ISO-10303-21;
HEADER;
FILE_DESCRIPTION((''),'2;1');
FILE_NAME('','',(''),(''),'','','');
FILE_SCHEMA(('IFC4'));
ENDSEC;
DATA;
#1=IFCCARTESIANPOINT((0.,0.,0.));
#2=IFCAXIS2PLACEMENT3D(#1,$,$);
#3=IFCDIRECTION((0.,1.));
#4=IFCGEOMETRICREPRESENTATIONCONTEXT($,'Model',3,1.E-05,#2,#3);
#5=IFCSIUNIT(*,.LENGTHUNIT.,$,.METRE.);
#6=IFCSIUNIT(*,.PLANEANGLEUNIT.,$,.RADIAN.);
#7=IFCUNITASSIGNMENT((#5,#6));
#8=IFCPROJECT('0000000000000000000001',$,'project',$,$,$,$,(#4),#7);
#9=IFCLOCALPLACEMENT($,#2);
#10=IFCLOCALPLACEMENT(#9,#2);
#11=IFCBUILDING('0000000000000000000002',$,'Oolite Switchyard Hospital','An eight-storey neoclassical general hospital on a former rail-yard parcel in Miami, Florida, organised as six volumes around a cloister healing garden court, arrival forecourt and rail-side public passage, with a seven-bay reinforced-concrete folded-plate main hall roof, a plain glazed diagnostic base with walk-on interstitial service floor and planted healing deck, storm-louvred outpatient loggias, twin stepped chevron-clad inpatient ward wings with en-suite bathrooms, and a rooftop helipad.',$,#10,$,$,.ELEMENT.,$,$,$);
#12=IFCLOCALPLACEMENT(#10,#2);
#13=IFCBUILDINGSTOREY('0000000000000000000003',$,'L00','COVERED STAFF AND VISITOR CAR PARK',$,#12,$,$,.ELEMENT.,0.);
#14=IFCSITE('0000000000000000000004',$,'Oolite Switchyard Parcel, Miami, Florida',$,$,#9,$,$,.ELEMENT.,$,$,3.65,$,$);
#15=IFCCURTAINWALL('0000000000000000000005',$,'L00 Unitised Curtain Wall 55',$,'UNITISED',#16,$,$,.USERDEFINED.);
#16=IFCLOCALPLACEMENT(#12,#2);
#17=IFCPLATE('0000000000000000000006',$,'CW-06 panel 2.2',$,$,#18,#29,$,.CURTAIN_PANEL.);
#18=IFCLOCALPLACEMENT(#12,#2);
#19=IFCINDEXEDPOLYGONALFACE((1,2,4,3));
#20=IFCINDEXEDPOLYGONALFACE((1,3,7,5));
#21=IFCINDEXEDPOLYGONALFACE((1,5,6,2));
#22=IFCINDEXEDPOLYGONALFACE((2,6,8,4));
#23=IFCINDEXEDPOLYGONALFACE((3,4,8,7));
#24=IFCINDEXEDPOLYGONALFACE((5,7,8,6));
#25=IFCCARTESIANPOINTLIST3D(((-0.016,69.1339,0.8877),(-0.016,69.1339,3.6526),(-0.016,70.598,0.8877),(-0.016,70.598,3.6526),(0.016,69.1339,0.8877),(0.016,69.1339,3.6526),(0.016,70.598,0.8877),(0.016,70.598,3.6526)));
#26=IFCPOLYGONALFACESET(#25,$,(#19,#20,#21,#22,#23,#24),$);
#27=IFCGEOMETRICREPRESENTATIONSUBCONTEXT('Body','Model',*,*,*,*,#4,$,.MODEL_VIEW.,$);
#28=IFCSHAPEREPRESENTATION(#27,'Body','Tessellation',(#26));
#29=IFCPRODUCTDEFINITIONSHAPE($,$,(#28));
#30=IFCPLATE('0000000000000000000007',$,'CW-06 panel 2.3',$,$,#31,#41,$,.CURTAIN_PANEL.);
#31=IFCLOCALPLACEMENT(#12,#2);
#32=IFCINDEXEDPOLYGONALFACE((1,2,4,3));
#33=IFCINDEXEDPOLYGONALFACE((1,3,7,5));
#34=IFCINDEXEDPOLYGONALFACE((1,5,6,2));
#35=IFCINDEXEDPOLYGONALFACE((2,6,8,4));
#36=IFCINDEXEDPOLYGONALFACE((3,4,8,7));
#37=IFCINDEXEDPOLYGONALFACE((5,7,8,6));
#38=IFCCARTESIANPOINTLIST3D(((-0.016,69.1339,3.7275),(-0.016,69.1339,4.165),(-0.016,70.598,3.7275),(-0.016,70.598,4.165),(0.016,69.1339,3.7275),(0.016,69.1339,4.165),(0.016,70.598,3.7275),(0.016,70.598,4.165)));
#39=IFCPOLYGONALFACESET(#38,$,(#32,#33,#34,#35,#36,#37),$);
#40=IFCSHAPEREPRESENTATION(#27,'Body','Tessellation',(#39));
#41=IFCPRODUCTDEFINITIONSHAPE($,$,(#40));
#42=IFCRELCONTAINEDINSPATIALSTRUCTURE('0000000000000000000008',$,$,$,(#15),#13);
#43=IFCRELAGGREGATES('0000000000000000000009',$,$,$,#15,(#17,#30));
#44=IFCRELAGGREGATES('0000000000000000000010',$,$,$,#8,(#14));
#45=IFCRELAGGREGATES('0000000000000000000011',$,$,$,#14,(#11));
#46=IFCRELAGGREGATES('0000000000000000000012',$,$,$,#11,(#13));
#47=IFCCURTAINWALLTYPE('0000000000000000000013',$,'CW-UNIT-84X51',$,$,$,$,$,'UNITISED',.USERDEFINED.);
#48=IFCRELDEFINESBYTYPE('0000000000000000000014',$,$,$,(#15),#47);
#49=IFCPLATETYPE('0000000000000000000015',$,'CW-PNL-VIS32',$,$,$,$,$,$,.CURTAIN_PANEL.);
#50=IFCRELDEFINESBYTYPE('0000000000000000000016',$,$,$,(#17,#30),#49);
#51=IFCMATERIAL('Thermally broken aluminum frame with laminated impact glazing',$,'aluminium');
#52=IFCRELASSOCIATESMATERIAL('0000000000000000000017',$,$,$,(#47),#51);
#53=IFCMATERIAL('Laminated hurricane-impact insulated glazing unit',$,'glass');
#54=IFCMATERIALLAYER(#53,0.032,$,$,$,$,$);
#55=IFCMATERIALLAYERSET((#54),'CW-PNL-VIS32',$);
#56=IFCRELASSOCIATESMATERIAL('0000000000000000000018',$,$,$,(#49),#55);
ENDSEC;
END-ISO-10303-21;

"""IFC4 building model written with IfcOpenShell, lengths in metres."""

from ifc_helpers import new_model, si_unit, direction, frame, origin, origin_2d, place, context, subcontext, project, spatial, rectangle, extrude, material, layer, layer_set, type_object, element, aggregate, save


model = new_model("IFC4")

# Units and contexts
model_context = context("Model", 3, precision=1e-05, world=origin(), true_north=direction((0.0, 1.0)))
body_context = subcontext(model_context, "Body", "Model", "MODEL_VIEW")
ifc_project = project(units=[si_unit("LENGTHUNIT", "METRE"), si_unit("PLANEANGLEUNIT", "RADIAN")], contexts=[model_context])

# Site, building, storey
site_placement = place(None, origin())
site = spatial("IfcSite", under=ifc_project, at=site_placement, Name="Oolite Switchyard Parcel, Miami, Florida", CompositionType="ELEMENT", RefElevation=3.65)
building_placement = place(site_placement, origin())
building = spatial("IfcBuilding", under=site, at=building_placement, Name="Oolite Switchyard Hospital", Description="An eight-storey neoclassical general hospital on a former rail-yard parcel in Miami, Florida, organised as six volumes around a cloister healing garden court, arrival forecourt and rail-side public passage, with a seven-bay reinforced-concrete folded-plate main hall roof, a plain glazed diagnostic base with walk-on interstitial service floor and planted healing deck, storm-louvred outpatient loggias, twin stepped chevron-clad inpatient ward wings with en-suite bathrooms, and a rooftop helipad.", CompositionType="ELEMENT")
storey_placement = place(building_placement, origin())
storey = spatial("IfcBuildingStorey", under=building, at=storey_placement, Name="L00", Description="COVERED STAFF AND VISITOR CAR PARK", CompositionType="ELEMENT", Elevation=0.0)

# Curtain wall, plates
ifc_material_1 = material(Name="Thermally broken aluminum frame with laminated impact glazing", Category="aluminium")
curtain_wall_type = type_object("IfcCurtainWallType", Name="CW-UNIT-84X51", ElementType="UNITISED", PredefinedType="USERDEFINED", material=ifc_material_1)
curtain_wall_placement = place(storey_placement, origin())
curtain_wall = element("IfcCurtainWall", 1, at=curtain_wall_placement, inside=storey, type_object=curtain_wall_type, Name="L00 Unitised Curtain Wall 55", ObjectType="UNITISED", PredefinedType="USERDEFINED")
ifc_material_2 = material(Name="Laminated hurricane-impact insulated glazing unit", Category="glass")
ifc_layer = layer(ifc_material_2, 0.032)
ifc_layer_set = layer_set([ifc_layer], Name="CW-PNL-VIS32")
plate_type = type_object("IfcPlateType", Name="CW-PNL-VIS32", PredefinedType="CURTAIN_PANEL", material=ifc_layer_set)
plate_1_placement = place(storey_placement, frame((0.0, 69.866, 0.8877), z_axis=(0.0, 0.0, 1.0), x_axis=(0.0, 1.0, 0.0)))
plate_1 = element("IfcPlate", 2, at=plate_1_placement, type_object=plate_type, Name="CW-06 panel 2.2", PredefinedType="CURTAIN_PANEL", context=body_context, shape_type="SweptSolid", body=[
    extrude(rectangle(XDim=1.4641, YDim=0.032, at=origin_2d()), origin(), (0.0, 0.0, 1.0), 2.7649),
])
plate_2_placement = place(storey_placement, frame((0.0, 69.866, 3.7275), z_axis=(0.0, 0.0, 1.0), x_axis=(0.0, 1.0, 0.0)))
plate_2 = element("IfcPlate", 3, at=plate_2_placement, type_object=plate_type, Name="CW-06 panel 2.3", PredefinedType="CURTAIN_PANEL", context=body_context, shape_type="SweptSolid", body=[
    extrude(rectangle(XDim=1.4641, YDim=0.032, at=origin_2d()), origin(), (0.0, 0.0, 1.0), 0.4375),
])
aggregate(curtain_wall, [plate_1, plate_2])

save(model, "model.ifc")
